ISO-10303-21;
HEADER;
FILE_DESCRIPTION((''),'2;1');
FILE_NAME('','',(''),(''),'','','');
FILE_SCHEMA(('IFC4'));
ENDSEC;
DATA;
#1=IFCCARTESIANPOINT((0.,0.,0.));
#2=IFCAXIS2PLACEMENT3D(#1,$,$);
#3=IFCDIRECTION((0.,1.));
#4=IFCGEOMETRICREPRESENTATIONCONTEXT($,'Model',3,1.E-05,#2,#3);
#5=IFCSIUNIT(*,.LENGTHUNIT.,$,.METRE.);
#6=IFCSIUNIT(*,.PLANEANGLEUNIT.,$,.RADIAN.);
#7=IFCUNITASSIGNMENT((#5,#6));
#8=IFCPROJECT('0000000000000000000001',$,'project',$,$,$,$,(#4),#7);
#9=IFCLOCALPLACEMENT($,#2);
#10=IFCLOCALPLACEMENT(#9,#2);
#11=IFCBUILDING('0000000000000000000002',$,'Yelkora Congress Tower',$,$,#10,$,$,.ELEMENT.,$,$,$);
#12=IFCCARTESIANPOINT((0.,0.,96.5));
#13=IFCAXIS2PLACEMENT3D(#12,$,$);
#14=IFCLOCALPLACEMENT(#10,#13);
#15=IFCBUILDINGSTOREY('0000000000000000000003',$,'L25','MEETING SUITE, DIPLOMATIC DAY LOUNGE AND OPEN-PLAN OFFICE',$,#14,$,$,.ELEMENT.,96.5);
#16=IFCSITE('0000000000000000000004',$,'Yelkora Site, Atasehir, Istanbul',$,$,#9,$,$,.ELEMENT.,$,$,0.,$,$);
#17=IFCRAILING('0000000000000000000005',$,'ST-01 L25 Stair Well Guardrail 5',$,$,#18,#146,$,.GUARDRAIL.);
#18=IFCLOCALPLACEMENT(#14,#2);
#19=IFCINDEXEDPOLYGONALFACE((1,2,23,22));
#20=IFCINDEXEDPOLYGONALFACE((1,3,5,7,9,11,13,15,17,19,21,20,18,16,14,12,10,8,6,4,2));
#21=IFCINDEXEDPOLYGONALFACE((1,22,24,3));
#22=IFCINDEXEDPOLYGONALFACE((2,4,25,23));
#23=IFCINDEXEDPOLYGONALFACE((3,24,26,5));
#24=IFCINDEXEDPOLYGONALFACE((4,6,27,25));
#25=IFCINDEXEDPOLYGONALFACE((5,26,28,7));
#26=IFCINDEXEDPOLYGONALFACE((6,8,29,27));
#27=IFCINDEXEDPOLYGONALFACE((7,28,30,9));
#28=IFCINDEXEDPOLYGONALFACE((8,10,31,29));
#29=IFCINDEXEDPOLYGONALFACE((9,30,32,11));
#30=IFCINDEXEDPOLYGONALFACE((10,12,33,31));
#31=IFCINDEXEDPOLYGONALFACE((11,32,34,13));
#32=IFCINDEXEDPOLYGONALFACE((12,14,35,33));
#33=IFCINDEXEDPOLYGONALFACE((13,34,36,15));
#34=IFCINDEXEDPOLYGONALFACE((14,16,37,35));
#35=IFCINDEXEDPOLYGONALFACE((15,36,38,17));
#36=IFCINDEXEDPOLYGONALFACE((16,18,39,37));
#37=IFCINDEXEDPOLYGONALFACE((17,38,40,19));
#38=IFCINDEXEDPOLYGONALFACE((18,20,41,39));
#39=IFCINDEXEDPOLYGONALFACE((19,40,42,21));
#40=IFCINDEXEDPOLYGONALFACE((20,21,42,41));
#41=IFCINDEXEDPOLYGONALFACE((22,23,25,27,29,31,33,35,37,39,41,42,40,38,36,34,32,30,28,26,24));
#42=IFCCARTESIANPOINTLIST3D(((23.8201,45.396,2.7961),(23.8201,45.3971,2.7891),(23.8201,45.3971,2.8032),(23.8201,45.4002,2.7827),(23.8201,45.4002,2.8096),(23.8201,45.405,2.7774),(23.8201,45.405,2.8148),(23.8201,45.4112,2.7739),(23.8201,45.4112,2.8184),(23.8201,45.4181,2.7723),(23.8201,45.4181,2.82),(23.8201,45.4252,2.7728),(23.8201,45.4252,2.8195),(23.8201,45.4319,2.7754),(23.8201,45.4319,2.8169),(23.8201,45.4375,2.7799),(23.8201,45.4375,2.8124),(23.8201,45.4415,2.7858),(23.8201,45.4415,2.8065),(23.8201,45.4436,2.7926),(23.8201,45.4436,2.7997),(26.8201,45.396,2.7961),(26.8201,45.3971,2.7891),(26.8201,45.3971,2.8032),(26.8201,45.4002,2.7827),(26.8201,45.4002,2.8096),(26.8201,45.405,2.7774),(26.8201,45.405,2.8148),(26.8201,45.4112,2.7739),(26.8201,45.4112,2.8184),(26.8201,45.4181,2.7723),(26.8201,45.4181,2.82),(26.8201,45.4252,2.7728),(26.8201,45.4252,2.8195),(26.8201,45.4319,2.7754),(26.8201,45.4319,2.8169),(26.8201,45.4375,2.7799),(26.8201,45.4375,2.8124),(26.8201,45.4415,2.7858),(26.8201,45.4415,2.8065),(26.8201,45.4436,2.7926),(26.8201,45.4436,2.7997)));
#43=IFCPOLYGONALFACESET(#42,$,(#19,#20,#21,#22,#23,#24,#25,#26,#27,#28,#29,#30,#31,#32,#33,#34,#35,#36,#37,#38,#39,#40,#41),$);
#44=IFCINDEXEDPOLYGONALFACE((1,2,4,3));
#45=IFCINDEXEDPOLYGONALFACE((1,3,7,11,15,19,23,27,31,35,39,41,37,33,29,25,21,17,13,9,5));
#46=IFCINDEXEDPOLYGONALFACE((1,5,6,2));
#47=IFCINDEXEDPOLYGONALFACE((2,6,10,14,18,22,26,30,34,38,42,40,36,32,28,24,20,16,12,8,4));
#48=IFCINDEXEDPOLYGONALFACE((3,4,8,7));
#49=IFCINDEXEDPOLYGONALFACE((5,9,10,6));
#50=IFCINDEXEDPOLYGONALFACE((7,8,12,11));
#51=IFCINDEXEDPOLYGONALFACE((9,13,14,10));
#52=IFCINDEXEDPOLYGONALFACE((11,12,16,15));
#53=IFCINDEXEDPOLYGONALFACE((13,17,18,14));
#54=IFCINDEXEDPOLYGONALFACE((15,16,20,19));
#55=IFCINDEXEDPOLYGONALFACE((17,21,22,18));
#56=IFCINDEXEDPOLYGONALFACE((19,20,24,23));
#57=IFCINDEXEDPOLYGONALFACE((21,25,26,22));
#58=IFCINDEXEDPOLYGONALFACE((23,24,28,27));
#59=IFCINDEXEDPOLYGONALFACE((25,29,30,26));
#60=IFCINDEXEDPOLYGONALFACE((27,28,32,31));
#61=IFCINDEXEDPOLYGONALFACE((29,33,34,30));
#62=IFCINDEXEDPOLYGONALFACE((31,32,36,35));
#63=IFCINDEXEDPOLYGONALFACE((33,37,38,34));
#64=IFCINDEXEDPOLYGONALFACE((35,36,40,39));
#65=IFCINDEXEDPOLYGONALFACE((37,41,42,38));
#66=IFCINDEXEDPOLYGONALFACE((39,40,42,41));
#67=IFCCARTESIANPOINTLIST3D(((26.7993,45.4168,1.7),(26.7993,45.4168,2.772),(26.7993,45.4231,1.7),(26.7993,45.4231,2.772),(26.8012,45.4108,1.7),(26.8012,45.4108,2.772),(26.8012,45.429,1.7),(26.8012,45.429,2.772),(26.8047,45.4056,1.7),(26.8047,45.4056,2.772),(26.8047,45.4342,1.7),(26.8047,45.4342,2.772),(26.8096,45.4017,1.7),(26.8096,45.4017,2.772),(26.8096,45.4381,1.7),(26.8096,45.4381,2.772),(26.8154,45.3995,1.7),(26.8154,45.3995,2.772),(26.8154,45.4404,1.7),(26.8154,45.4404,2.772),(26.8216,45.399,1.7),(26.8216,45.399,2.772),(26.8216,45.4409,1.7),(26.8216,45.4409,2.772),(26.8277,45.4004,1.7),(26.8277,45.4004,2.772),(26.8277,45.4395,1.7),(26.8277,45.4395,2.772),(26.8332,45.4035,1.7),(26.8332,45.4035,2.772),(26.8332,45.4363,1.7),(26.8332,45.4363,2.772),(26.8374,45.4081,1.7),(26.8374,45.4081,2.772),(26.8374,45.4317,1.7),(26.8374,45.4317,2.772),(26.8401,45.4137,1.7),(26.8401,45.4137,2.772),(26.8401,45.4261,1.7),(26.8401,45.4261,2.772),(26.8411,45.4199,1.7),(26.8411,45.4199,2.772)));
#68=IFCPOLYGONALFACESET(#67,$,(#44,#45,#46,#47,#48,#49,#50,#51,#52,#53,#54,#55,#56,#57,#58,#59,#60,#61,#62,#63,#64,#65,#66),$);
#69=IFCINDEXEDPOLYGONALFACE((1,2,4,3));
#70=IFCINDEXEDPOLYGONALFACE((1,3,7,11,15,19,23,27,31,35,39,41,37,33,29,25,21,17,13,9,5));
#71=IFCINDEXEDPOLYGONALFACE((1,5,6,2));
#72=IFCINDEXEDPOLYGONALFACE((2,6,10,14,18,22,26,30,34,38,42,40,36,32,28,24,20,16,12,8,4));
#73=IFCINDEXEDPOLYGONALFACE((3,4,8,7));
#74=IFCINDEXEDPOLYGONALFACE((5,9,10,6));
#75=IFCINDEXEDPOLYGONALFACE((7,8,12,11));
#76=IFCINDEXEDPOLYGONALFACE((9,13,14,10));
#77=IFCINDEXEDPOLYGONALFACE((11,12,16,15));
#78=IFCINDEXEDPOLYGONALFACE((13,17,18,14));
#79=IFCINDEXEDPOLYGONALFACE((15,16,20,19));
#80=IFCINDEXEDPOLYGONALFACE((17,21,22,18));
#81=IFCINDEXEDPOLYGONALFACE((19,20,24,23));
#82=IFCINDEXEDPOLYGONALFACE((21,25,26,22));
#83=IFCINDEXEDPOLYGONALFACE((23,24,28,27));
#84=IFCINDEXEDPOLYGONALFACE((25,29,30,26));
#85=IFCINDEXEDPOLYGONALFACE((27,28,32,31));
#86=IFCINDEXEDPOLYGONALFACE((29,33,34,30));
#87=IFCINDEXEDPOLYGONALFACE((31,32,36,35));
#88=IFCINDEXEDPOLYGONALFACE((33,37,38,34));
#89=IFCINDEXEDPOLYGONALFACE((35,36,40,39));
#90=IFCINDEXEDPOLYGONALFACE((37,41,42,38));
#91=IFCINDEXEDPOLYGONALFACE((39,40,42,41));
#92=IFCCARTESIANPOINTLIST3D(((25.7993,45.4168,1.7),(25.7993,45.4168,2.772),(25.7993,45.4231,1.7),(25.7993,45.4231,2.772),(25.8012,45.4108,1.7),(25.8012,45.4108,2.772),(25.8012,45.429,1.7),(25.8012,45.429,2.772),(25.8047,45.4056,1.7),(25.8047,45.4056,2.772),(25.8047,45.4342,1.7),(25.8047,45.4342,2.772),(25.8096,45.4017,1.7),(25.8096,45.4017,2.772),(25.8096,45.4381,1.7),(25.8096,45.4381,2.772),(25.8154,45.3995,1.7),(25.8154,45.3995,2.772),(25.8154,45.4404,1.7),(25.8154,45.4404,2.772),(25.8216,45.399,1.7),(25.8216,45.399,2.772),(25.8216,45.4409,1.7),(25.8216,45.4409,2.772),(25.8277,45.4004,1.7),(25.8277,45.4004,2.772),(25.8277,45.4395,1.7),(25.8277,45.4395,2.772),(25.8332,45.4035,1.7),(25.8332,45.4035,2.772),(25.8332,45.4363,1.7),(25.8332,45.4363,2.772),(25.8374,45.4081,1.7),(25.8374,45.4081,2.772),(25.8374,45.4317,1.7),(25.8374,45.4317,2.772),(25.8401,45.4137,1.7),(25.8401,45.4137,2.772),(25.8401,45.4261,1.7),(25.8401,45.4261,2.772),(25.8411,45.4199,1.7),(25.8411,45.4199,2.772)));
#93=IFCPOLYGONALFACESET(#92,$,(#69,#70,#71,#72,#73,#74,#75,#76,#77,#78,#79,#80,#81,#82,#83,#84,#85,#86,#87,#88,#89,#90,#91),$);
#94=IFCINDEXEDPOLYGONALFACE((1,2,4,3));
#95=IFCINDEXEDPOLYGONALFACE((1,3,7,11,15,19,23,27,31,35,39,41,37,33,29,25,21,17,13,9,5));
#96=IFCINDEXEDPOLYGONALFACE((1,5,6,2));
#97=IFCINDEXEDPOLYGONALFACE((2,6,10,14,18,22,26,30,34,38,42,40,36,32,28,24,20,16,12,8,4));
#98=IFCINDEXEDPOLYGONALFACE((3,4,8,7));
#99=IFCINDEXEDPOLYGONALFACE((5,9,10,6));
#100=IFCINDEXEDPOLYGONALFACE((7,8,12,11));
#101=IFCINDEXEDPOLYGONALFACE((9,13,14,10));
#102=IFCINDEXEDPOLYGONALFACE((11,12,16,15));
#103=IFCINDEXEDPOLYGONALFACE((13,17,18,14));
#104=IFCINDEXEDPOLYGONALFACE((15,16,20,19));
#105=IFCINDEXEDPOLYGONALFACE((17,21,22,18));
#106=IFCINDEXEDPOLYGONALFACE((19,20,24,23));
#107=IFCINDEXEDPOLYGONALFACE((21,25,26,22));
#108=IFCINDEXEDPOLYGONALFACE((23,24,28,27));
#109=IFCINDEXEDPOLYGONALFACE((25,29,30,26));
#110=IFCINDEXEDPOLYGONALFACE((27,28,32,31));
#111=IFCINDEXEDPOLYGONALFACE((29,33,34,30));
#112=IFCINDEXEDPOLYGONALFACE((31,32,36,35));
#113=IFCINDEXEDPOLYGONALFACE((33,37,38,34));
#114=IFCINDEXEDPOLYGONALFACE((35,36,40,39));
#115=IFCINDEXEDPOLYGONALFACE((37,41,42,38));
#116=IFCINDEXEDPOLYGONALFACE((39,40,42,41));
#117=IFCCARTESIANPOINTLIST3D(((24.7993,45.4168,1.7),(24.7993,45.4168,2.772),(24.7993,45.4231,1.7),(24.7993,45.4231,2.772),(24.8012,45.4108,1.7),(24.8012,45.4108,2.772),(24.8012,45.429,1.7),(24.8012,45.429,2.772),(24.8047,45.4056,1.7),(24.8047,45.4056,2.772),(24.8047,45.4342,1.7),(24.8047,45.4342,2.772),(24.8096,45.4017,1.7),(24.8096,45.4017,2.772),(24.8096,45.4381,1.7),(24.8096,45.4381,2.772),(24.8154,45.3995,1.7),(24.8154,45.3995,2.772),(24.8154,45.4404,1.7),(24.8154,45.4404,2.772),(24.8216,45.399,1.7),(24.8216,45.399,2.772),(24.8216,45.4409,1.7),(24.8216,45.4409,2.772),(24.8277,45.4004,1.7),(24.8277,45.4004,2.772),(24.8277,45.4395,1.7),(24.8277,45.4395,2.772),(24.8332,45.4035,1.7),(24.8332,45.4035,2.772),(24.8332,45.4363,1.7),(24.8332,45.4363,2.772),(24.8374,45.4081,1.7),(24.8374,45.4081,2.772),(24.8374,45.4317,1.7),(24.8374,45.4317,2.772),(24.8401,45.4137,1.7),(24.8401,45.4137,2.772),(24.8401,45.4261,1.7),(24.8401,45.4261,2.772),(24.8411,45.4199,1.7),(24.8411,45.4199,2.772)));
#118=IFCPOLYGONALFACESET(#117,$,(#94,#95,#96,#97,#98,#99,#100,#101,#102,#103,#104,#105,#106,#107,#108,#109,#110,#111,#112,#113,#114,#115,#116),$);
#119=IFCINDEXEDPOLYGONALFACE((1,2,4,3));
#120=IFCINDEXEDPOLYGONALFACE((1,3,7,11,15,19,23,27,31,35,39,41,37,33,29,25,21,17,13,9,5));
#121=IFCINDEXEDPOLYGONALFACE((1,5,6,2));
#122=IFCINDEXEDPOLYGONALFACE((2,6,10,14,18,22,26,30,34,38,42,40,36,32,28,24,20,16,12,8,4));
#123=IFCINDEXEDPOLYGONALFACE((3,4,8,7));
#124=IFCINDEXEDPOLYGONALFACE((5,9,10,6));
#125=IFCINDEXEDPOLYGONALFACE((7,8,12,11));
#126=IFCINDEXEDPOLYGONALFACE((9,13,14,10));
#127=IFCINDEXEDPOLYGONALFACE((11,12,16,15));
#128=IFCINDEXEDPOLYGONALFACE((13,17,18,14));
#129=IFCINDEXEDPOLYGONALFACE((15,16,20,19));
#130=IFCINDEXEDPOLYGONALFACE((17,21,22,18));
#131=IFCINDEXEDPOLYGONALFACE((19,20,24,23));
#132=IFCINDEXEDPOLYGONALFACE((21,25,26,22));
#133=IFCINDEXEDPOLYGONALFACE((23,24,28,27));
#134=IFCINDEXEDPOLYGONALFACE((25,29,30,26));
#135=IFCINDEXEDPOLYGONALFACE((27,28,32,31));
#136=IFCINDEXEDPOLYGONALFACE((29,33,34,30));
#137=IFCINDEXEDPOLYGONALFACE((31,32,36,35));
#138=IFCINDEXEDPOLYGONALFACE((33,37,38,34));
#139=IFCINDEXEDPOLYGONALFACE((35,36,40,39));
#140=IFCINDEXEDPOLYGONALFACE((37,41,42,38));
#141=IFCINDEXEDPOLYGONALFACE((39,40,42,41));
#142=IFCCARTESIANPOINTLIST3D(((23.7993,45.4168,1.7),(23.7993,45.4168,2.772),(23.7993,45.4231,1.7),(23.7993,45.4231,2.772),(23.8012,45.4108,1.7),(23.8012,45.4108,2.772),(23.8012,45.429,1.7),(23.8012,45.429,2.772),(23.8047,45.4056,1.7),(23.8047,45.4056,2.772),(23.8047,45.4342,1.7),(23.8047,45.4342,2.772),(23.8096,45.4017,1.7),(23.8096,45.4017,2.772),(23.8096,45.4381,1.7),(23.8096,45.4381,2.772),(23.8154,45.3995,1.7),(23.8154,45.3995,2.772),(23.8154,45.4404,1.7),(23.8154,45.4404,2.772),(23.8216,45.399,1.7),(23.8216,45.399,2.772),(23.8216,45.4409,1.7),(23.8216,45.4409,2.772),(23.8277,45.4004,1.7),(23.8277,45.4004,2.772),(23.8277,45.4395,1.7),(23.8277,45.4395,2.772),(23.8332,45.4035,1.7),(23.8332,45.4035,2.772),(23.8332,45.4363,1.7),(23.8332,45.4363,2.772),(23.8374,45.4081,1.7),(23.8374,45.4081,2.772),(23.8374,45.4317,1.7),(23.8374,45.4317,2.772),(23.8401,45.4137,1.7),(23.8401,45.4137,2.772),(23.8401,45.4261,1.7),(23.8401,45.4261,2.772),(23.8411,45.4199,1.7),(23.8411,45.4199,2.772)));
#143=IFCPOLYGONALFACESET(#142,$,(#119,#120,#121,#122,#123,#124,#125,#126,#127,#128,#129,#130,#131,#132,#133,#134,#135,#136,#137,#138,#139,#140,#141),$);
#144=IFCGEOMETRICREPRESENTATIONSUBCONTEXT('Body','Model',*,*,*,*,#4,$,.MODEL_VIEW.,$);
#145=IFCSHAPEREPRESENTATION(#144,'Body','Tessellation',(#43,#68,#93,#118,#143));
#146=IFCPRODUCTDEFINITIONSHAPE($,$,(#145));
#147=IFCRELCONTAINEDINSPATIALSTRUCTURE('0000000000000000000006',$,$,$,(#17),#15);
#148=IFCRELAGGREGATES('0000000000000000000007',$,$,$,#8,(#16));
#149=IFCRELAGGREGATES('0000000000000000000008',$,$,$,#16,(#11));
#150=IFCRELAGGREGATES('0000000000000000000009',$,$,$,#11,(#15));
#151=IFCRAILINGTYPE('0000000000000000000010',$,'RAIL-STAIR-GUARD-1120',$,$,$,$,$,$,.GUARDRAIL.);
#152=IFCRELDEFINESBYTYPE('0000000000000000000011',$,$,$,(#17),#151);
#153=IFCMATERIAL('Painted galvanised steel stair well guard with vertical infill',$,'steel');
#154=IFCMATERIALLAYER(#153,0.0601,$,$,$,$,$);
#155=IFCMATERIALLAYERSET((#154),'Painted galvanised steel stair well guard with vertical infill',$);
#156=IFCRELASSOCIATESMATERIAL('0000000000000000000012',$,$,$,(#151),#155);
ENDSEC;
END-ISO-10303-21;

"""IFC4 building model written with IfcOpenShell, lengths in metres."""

from ifc_helpers import new_model, si_unit, direction, frame, origin, origin_2d, place, context, subcontext, project, spatial, circle, extrude, material, layer, layer_set, type_object, element, save


model = new_model("IFC4")

# Units and contexts
model_context = context("Model", 3, precision=1e-05, world=origin(), true_north=direction((0.0, 1.0)))
body_context = subcontext(model_context, "Body", "Model", "MODEL_VIEW")
ifc_project = project(units=[si_unit("LENGTHUNIT", "METRE"), si_unit("PLANEANGLEUNIT", "RADIAN")], contexts=[model_context])

# Site, building, storey
site_placement = place(None, origin())
site = spatial("IfcSite", under=ifc_project, at=site_placement, Name="Yelkora Site, Atasehir, Istanbul", CompositionType="ELEMENT", RefElevation=0.0)
building_placement = place(site_placement, origin())
building = spatial("IfcBuilding", under=site, at=building_placement, Name="Yelkora Congress Tower", CompositionType="ELEMENT")
storey_placement = place(building_placement, frame((0.0, 0.0, 96.5)))
storey = spatial("IfcBuildingStorey", under=building, at=storey_placement, Name="L25", Description="MEETING SUITE, DIPLOMATIC DAY LOUNGE AND OPEN-PLAN OFFICE", CompositionType="ELEMENT", Elevation=96.5)

# Railing
ifc_material_1 = material(Name="Painted galvanised steel stair well guard with vertical infill", Category="steel")
ifc_layer_1 = layer(ifc_material_1, 0.0601)
ifc_layer_set_1 = layer_set([ifc_layer_1], Name="Painted galvanised steel stair well guard with vertical infill")
railing_type_1 = type_object("IfcRailingType", Name="RAIL-STAIR-GUARD-1120", PredefinedType="GUARDRAIL", material=ifc_layer_set_1)
railing_1_placement = place(storey_placement, frame((26.8201, 45.4199, 1.7)))
element("IfcRailing", 1, at=railing_1_placement, inside=storey, type_object=railing_type_1, Name="ST-01 L25 Stair Well Guardrail 5", PredefinedType="GUARDRAIL", context=body_context, shape_type="SweptSolid", body=[
    extrude(circle(Radius=0.0239, at=origin_2d()), frame((0.0, 0.0, 1.0962), z_axis=(-1.0, 0.0, 0.0), x_axis=(0.0, -1.0, 0.0)), (0.0, 0.0, 1.0), 3.0),
    extrude(circle(Radius=0.021, at=origin_2d()), origin(), (0.0, 0.0, 1.0), 1.072),
    extrude(circle(Radius=0.021, at=origin_2d()), frame((-1.0, 0.0, 0.0)), (0.0, 0.0, 1.0), 1.072),
    extrude(circle(Radius=0.021, at=origin_2d()), frame((-2.0, 0.0, 0.0)), (0.0, 0.0, 1.0), 1.072),
    extrude(circle(Radius=0.021, at=origin_2d()), frame((-3.0, 0.0, 0.0)), (0.0, 0.0, 1.0), 1.072),
])

save(model, "model.ifc")
